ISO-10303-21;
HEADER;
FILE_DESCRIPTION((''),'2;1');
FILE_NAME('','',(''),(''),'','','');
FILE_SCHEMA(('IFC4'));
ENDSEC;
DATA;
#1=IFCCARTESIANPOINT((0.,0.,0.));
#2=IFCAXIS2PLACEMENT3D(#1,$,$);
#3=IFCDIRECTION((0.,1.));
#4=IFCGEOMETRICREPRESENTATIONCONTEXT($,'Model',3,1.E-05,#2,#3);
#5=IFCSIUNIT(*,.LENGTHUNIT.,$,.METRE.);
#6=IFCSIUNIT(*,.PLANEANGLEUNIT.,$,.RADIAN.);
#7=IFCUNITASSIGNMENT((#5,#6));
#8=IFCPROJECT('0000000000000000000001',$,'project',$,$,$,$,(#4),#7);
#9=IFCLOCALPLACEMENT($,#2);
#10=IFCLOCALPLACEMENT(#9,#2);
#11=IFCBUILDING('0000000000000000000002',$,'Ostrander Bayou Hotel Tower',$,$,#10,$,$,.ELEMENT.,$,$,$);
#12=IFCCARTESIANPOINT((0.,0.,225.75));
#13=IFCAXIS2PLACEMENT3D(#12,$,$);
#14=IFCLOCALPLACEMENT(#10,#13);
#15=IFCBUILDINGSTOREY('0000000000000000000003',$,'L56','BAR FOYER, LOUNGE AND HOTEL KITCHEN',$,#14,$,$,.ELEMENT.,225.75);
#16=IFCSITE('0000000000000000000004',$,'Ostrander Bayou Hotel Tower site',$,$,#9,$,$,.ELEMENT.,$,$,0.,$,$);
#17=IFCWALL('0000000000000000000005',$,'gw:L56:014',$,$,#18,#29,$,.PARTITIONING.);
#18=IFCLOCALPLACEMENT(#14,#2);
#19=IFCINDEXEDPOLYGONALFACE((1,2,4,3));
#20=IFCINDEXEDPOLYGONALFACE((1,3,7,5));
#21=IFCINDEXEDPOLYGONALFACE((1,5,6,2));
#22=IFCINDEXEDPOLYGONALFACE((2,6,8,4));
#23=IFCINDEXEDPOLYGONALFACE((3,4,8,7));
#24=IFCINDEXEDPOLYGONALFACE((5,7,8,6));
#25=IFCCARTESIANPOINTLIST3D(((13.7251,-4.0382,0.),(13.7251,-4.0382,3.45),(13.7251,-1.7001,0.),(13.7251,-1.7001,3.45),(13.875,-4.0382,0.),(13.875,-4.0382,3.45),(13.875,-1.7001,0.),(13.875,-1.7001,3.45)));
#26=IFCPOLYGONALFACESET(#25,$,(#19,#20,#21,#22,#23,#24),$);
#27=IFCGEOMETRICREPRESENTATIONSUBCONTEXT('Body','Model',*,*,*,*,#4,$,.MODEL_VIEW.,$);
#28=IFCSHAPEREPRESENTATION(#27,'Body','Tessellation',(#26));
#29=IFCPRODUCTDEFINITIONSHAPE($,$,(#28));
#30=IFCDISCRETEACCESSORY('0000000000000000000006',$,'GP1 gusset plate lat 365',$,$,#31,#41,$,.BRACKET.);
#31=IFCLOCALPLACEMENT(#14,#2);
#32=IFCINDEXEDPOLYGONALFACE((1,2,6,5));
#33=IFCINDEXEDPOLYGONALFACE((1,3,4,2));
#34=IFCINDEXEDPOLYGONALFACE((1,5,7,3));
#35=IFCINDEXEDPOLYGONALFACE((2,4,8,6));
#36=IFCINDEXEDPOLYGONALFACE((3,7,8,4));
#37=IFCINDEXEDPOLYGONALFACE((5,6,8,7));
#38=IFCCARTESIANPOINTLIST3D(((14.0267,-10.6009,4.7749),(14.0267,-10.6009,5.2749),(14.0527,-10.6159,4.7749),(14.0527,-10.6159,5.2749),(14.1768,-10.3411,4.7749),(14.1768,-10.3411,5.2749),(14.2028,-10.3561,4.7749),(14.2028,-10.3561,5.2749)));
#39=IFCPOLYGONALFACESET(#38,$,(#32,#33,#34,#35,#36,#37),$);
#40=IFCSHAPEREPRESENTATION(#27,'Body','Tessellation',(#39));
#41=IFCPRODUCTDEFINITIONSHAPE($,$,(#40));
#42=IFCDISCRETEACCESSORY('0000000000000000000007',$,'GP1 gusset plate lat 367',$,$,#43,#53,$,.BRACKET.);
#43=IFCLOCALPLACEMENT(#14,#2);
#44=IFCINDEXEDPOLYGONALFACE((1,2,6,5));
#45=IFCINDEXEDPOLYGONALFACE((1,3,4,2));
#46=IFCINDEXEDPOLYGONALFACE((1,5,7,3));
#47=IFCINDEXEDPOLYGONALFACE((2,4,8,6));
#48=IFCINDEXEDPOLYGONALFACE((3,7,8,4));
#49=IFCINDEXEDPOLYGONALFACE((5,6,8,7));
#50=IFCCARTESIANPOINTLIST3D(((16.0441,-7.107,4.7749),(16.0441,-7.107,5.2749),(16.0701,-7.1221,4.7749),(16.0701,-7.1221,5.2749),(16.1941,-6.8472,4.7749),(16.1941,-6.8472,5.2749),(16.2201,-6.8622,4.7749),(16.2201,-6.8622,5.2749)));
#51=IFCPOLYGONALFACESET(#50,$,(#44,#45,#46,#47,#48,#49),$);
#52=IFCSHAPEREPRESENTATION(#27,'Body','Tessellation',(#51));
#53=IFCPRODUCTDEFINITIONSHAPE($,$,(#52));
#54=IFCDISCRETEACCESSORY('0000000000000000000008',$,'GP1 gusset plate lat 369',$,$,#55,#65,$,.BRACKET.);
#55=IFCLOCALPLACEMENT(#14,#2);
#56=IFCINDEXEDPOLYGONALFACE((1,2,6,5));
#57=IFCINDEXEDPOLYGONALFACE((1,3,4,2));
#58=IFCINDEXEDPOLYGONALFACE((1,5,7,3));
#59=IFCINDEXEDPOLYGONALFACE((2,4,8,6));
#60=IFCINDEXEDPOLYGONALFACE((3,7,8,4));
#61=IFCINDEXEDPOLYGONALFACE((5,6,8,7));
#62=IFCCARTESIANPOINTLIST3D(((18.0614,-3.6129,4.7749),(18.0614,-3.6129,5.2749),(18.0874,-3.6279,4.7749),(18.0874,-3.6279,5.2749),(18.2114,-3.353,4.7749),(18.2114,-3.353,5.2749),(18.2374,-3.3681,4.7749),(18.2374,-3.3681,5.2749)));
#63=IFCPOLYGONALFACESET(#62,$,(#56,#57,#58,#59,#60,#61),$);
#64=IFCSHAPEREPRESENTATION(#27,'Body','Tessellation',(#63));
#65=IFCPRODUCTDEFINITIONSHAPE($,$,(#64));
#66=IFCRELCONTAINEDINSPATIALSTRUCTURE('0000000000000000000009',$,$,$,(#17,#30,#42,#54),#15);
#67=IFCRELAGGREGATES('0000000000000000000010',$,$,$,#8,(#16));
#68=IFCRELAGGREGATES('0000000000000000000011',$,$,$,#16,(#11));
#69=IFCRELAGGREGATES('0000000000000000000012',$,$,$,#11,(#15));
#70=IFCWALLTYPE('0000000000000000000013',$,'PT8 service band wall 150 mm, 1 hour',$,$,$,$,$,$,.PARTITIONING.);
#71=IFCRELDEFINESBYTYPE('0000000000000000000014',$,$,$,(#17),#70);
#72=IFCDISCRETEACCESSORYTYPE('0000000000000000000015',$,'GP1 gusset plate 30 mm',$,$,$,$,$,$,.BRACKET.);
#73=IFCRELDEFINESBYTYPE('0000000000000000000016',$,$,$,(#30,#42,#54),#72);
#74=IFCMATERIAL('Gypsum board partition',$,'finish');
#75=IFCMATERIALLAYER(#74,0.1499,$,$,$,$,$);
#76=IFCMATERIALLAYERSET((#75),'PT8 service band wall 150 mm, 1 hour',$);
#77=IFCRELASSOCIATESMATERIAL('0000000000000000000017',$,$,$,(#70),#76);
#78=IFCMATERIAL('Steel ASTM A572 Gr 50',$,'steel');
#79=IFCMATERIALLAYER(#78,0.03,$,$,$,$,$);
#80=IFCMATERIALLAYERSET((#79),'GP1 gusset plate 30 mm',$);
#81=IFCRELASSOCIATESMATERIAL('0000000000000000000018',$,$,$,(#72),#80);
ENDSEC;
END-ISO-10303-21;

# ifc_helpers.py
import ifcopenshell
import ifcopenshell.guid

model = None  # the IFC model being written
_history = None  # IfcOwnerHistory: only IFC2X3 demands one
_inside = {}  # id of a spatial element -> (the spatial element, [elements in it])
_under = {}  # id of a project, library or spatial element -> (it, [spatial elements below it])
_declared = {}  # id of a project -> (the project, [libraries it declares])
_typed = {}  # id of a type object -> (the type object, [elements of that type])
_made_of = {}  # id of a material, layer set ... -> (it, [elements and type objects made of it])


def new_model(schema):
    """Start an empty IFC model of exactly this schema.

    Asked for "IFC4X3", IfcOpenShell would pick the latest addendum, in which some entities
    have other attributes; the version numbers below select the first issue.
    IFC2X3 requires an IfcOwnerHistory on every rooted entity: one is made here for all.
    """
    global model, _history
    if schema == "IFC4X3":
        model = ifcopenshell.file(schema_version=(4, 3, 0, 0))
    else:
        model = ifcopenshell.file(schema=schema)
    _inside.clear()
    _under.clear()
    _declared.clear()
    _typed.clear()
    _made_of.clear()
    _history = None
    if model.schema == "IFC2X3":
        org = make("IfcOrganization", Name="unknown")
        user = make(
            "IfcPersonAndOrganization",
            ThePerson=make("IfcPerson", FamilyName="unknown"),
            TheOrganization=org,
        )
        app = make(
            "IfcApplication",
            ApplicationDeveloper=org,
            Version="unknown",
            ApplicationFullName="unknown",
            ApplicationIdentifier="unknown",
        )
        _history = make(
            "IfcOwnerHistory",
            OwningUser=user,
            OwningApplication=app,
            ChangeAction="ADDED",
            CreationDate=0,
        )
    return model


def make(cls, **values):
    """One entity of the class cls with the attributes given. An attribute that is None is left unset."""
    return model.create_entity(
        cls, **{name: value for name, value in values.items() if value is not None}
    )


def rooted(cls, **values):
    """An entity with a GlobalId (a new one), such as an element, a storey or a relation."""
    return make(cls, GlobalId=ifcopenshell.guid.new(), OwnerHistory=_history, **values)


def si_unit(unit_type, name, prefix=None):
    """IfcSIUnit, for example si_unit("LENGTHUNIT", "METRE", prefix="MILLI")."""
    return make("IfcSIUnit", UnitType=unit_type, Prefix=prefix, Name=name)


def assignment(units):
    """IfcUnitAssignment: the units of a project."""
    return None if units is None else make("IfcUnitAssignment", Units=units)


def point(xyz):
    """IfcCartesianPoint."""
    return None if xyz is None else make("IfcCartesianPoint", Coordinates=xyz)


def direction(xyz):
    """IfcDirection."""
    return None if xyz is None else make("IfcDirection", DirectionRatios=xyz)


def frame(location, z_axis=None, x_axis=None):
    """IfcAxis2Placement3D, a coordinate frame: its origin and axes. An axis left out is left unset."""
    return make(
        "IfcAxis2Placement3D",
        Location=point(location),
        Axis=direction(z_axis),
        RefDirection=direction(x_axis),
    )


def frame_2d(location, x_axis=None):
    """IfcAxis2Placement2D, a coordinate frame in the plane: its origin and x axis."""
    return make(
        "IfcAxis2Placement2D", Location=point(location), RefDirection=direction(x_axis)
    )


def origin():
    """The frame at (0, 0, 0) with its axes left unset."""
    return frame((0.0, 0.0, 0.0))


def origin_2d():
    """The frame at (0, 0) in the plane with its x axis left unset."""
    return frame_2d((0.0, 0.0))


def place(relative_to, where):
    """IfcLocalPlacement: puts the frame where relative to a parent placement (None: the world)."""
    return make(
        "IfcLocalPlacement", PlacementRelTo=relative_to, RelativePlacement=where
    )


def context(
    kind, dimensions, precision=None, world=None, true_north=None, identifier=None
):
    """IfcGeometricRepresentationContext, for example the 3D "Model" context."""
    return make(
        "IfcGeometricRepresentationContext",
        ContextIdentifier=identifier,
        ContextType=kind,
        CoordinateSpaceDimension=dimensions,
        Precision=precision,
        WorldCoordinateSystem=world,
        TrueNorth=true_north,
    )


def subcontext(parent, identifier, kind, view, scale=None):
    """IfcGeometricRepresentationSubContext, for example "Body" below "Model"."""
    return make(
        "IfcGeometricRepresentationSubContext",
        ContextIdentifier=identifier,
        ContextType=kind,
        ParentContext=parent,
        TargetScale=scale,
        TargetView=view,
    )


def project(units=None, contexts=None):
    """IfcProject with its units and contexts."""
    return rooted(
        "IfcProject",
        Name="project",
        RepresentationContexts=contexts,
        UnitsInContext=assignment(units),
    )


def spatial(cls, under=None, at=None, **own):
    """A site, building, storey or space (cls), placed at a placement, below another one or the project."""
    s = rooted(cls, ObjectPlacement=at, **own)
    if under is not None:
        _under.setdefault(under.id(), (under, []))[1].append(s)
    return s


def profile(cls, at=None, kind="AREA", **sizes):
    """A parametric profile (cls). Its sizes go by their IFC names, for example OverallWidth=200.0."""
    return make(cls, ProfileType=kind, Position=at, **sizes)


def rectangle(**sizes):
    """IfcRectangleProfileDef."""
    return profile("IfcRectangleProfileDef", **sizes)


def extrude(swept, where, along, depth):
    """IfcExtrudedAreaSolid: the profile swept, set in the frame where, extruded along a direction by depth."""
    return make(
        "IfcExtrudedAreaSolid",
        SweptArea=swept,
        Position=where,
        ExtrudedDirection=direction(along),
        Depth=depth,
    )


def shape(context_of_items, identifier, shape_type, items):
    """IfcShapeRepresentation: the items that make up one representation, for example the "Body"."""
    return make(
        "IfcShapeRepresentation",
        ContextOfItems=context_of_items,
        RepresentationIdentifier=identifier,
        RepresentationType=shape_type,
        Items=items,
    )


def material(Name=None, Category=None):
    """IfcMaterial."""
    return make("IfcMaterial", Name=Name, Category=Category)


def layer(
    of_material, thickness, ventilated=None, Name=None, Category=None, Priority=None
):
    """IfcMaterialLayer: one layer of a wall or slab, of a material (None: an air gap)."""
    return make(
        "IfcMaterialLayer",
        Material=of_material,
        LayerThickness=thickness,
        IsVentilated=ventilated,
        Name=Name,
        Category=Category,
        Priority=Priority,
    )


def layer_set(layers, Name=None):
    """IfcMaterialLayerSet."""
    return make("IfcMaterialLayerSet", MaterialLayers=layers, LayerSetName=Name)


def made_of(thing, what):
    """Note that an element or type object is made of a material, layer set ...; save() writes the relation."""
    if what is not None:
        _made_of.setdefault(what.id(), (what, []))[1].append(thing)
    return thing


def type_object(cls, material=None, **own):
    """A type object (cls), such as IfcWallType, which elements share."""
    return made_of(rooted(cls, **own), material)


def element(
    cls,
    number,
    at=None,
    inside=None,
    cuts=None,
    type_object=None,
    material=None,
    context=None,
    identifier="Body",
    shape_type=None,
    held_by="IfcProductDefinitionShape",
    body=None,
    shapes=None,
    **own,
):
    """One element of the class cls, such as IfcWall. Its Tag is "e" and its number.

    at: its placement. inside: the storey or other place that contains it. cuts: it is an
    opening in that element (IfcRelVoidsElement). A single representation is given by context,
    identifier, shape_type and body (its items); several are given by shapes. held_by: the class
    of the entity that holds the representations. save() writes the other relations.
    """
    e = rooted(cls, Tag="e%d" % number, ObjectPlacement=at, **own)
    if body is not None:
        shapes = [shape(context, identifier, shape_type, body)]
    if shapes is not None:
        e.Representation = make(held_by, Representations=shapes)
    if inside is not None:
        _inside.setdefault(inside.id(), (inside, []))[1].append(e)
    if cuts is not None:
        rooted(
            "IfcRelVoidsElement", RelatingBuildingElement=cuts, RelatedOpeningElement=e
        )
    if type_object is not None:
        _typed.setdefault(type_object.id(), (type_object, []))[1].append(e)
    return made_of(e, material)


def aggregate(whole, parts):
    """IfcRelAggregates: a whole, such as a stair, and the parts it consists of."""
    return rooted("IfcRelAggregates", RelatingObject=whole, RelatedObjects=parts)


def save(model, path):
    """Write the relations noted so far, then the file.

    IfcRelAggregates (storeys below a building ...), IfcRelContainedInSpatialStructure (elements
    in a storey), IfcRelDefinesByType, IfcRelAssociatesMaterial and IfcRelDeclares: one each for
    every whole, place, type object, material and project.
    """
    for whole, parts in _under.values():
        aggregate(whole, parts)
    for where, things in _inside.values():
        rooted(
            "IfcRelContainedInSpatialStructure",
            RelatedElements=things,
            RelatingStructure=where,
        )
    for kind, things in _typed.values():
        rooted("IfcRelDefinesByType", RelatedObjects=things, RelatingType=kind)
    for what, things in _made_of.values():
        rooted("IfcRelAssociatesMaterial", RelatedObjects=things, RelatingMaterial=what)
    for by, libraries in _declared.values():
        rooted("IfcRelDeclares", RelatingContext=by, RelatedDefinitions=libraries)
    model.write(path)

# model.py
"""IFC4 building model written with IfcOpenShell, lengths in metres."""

from ifc_helpers import new_model, si_unit, direction, frame, frame_2d, origin, origin_2d, place, context, subcontext, project, spatial, rectangle, extrude, material, layer, layer_set, type_object, element, save


model = new_model("IFC4")

# Units and contexts
model_context = context("Model", 3, precision=1e-05, world=origin(), true_north=direction((0.0, 1.0)))
body_context = subcontext(model_context, "Body", "Model", "MODEL_VIEW")
ifc_project = project(units=[si_unit("LENGTHUNIT", "METRE"), si_unit("PLANEANGLEUNIT", "RADIAN")], contexts=[model_context])

# Site, building, storey
site_placement = place(None, origin())
site = spatial("IfcSite", under=ifc_project, at=site_placement, Name="Ostrander Bayou Hotel Tower site", CompositionType="ELEMENT", RefElevation=0.0)
building_placement = place(site_placement, origin())
building = spatial("IfcBuilding", under=site, at=building_placement, Name="Ostrander Bayou Hotel Tower", CompositionType="ELEMENT")
storey_placement = place(building_placement, frame((0.0, 0.0, 225.75)))
storey = spatial("IfcBuildingStorey", under=building, at=storey_placement, Name="L56", Description="BAR FOYER, LOUNGE AND HOTEL KITCHEN", CompositionType="ELEMENT", Elevation=225.75)

# Wall
ifc_material_1 = material(Name="Gypsum board partition", Category="finish")
ifc_layer_1 = layer(ifc_material_1, 0.1499)
ifc_layer_set_1 = layer_set([ifc_layer_1], Name="PT8 service band wall 150 mm, 1 hour")
wall_type_1 = type_object("IfcWallType", Name="PT8 service band wall 150 mm, 1 hour", PredefinedType="PARTITIONING", material=ifc_layer_set_1)
wall_1_placement = place(storey_placement, frame((13.8, -4.0381, 0.0), z_axis=(0.0, 0.0, 1.0), x_axis=(0.0, 1.0, 0.0)))
element("IfcWall", 1, at=wall_1_placement, inside=storey, type_object=wall_type_1, Name="gw:L56:014", PredefinedType="PARTITIONING", context=body_context, shape_type="SweptSolid", body=[
    extrude(rectangle(XDim=2.3381, YDim=0.1499, at=frame_2d((1.1689, 0.0))), origin(), (0.0, 0.0, 1.0), 3.45),
])

# Discrete accessories
ifc_material_2 = material(Name="Steel ASTM A572 Gr 50", Category="steel")
ifc_layer_2 = layer(ifc_material_2, 0.03)
ifc_layer_set_2 = layer_set([ifc_layer_2], Name="GP1 gusset plate 30 mm")
discrete_accessory_type = type_object("IfcDiscreteAccessoryType", Name="GP1 gusset plate 30 mm", PredefinedType="BRACKET", material=ifc_layer_set_2)
for number, where, z_axis, x_axis, name in (
    (2, (14.1147, -10.4785, 4.7749), (0.0, 0.0, 1.0), (0.5, 0.866025, 0.0), "GP1 gusset plate lat 365"),
    (3, (16.1321, -6.9846, 4.7749), (0.0, 0.0, 1.0), (0.5, 0.866025, 0.0), "GP1 gusset plate lat 367"),
    (4, (18.1494, -3.4905, 4.7749), (0.0, 0.0, 1.0), (0.5, 0.866025, 0.0), "GP1 gusset plate lat 369"),
):
    element("IfcDiscreteAccessory", number, at=place(storey_placement, frame(where, z_axis=z_axis, x_axis=x_axis)), inside=storey, type_object=discrete_accessory_type, Name=name, PredefinedType="BRACKET", context=body_context, shape_type="SweptSolid", body=[
        extrude(rectangle(XDim=0.3, YDim=0.03, at=origin_2d()), origin(), (0.0, 0.0, 1.0), 0.5),
    ])

save(model, "model.ifc")
